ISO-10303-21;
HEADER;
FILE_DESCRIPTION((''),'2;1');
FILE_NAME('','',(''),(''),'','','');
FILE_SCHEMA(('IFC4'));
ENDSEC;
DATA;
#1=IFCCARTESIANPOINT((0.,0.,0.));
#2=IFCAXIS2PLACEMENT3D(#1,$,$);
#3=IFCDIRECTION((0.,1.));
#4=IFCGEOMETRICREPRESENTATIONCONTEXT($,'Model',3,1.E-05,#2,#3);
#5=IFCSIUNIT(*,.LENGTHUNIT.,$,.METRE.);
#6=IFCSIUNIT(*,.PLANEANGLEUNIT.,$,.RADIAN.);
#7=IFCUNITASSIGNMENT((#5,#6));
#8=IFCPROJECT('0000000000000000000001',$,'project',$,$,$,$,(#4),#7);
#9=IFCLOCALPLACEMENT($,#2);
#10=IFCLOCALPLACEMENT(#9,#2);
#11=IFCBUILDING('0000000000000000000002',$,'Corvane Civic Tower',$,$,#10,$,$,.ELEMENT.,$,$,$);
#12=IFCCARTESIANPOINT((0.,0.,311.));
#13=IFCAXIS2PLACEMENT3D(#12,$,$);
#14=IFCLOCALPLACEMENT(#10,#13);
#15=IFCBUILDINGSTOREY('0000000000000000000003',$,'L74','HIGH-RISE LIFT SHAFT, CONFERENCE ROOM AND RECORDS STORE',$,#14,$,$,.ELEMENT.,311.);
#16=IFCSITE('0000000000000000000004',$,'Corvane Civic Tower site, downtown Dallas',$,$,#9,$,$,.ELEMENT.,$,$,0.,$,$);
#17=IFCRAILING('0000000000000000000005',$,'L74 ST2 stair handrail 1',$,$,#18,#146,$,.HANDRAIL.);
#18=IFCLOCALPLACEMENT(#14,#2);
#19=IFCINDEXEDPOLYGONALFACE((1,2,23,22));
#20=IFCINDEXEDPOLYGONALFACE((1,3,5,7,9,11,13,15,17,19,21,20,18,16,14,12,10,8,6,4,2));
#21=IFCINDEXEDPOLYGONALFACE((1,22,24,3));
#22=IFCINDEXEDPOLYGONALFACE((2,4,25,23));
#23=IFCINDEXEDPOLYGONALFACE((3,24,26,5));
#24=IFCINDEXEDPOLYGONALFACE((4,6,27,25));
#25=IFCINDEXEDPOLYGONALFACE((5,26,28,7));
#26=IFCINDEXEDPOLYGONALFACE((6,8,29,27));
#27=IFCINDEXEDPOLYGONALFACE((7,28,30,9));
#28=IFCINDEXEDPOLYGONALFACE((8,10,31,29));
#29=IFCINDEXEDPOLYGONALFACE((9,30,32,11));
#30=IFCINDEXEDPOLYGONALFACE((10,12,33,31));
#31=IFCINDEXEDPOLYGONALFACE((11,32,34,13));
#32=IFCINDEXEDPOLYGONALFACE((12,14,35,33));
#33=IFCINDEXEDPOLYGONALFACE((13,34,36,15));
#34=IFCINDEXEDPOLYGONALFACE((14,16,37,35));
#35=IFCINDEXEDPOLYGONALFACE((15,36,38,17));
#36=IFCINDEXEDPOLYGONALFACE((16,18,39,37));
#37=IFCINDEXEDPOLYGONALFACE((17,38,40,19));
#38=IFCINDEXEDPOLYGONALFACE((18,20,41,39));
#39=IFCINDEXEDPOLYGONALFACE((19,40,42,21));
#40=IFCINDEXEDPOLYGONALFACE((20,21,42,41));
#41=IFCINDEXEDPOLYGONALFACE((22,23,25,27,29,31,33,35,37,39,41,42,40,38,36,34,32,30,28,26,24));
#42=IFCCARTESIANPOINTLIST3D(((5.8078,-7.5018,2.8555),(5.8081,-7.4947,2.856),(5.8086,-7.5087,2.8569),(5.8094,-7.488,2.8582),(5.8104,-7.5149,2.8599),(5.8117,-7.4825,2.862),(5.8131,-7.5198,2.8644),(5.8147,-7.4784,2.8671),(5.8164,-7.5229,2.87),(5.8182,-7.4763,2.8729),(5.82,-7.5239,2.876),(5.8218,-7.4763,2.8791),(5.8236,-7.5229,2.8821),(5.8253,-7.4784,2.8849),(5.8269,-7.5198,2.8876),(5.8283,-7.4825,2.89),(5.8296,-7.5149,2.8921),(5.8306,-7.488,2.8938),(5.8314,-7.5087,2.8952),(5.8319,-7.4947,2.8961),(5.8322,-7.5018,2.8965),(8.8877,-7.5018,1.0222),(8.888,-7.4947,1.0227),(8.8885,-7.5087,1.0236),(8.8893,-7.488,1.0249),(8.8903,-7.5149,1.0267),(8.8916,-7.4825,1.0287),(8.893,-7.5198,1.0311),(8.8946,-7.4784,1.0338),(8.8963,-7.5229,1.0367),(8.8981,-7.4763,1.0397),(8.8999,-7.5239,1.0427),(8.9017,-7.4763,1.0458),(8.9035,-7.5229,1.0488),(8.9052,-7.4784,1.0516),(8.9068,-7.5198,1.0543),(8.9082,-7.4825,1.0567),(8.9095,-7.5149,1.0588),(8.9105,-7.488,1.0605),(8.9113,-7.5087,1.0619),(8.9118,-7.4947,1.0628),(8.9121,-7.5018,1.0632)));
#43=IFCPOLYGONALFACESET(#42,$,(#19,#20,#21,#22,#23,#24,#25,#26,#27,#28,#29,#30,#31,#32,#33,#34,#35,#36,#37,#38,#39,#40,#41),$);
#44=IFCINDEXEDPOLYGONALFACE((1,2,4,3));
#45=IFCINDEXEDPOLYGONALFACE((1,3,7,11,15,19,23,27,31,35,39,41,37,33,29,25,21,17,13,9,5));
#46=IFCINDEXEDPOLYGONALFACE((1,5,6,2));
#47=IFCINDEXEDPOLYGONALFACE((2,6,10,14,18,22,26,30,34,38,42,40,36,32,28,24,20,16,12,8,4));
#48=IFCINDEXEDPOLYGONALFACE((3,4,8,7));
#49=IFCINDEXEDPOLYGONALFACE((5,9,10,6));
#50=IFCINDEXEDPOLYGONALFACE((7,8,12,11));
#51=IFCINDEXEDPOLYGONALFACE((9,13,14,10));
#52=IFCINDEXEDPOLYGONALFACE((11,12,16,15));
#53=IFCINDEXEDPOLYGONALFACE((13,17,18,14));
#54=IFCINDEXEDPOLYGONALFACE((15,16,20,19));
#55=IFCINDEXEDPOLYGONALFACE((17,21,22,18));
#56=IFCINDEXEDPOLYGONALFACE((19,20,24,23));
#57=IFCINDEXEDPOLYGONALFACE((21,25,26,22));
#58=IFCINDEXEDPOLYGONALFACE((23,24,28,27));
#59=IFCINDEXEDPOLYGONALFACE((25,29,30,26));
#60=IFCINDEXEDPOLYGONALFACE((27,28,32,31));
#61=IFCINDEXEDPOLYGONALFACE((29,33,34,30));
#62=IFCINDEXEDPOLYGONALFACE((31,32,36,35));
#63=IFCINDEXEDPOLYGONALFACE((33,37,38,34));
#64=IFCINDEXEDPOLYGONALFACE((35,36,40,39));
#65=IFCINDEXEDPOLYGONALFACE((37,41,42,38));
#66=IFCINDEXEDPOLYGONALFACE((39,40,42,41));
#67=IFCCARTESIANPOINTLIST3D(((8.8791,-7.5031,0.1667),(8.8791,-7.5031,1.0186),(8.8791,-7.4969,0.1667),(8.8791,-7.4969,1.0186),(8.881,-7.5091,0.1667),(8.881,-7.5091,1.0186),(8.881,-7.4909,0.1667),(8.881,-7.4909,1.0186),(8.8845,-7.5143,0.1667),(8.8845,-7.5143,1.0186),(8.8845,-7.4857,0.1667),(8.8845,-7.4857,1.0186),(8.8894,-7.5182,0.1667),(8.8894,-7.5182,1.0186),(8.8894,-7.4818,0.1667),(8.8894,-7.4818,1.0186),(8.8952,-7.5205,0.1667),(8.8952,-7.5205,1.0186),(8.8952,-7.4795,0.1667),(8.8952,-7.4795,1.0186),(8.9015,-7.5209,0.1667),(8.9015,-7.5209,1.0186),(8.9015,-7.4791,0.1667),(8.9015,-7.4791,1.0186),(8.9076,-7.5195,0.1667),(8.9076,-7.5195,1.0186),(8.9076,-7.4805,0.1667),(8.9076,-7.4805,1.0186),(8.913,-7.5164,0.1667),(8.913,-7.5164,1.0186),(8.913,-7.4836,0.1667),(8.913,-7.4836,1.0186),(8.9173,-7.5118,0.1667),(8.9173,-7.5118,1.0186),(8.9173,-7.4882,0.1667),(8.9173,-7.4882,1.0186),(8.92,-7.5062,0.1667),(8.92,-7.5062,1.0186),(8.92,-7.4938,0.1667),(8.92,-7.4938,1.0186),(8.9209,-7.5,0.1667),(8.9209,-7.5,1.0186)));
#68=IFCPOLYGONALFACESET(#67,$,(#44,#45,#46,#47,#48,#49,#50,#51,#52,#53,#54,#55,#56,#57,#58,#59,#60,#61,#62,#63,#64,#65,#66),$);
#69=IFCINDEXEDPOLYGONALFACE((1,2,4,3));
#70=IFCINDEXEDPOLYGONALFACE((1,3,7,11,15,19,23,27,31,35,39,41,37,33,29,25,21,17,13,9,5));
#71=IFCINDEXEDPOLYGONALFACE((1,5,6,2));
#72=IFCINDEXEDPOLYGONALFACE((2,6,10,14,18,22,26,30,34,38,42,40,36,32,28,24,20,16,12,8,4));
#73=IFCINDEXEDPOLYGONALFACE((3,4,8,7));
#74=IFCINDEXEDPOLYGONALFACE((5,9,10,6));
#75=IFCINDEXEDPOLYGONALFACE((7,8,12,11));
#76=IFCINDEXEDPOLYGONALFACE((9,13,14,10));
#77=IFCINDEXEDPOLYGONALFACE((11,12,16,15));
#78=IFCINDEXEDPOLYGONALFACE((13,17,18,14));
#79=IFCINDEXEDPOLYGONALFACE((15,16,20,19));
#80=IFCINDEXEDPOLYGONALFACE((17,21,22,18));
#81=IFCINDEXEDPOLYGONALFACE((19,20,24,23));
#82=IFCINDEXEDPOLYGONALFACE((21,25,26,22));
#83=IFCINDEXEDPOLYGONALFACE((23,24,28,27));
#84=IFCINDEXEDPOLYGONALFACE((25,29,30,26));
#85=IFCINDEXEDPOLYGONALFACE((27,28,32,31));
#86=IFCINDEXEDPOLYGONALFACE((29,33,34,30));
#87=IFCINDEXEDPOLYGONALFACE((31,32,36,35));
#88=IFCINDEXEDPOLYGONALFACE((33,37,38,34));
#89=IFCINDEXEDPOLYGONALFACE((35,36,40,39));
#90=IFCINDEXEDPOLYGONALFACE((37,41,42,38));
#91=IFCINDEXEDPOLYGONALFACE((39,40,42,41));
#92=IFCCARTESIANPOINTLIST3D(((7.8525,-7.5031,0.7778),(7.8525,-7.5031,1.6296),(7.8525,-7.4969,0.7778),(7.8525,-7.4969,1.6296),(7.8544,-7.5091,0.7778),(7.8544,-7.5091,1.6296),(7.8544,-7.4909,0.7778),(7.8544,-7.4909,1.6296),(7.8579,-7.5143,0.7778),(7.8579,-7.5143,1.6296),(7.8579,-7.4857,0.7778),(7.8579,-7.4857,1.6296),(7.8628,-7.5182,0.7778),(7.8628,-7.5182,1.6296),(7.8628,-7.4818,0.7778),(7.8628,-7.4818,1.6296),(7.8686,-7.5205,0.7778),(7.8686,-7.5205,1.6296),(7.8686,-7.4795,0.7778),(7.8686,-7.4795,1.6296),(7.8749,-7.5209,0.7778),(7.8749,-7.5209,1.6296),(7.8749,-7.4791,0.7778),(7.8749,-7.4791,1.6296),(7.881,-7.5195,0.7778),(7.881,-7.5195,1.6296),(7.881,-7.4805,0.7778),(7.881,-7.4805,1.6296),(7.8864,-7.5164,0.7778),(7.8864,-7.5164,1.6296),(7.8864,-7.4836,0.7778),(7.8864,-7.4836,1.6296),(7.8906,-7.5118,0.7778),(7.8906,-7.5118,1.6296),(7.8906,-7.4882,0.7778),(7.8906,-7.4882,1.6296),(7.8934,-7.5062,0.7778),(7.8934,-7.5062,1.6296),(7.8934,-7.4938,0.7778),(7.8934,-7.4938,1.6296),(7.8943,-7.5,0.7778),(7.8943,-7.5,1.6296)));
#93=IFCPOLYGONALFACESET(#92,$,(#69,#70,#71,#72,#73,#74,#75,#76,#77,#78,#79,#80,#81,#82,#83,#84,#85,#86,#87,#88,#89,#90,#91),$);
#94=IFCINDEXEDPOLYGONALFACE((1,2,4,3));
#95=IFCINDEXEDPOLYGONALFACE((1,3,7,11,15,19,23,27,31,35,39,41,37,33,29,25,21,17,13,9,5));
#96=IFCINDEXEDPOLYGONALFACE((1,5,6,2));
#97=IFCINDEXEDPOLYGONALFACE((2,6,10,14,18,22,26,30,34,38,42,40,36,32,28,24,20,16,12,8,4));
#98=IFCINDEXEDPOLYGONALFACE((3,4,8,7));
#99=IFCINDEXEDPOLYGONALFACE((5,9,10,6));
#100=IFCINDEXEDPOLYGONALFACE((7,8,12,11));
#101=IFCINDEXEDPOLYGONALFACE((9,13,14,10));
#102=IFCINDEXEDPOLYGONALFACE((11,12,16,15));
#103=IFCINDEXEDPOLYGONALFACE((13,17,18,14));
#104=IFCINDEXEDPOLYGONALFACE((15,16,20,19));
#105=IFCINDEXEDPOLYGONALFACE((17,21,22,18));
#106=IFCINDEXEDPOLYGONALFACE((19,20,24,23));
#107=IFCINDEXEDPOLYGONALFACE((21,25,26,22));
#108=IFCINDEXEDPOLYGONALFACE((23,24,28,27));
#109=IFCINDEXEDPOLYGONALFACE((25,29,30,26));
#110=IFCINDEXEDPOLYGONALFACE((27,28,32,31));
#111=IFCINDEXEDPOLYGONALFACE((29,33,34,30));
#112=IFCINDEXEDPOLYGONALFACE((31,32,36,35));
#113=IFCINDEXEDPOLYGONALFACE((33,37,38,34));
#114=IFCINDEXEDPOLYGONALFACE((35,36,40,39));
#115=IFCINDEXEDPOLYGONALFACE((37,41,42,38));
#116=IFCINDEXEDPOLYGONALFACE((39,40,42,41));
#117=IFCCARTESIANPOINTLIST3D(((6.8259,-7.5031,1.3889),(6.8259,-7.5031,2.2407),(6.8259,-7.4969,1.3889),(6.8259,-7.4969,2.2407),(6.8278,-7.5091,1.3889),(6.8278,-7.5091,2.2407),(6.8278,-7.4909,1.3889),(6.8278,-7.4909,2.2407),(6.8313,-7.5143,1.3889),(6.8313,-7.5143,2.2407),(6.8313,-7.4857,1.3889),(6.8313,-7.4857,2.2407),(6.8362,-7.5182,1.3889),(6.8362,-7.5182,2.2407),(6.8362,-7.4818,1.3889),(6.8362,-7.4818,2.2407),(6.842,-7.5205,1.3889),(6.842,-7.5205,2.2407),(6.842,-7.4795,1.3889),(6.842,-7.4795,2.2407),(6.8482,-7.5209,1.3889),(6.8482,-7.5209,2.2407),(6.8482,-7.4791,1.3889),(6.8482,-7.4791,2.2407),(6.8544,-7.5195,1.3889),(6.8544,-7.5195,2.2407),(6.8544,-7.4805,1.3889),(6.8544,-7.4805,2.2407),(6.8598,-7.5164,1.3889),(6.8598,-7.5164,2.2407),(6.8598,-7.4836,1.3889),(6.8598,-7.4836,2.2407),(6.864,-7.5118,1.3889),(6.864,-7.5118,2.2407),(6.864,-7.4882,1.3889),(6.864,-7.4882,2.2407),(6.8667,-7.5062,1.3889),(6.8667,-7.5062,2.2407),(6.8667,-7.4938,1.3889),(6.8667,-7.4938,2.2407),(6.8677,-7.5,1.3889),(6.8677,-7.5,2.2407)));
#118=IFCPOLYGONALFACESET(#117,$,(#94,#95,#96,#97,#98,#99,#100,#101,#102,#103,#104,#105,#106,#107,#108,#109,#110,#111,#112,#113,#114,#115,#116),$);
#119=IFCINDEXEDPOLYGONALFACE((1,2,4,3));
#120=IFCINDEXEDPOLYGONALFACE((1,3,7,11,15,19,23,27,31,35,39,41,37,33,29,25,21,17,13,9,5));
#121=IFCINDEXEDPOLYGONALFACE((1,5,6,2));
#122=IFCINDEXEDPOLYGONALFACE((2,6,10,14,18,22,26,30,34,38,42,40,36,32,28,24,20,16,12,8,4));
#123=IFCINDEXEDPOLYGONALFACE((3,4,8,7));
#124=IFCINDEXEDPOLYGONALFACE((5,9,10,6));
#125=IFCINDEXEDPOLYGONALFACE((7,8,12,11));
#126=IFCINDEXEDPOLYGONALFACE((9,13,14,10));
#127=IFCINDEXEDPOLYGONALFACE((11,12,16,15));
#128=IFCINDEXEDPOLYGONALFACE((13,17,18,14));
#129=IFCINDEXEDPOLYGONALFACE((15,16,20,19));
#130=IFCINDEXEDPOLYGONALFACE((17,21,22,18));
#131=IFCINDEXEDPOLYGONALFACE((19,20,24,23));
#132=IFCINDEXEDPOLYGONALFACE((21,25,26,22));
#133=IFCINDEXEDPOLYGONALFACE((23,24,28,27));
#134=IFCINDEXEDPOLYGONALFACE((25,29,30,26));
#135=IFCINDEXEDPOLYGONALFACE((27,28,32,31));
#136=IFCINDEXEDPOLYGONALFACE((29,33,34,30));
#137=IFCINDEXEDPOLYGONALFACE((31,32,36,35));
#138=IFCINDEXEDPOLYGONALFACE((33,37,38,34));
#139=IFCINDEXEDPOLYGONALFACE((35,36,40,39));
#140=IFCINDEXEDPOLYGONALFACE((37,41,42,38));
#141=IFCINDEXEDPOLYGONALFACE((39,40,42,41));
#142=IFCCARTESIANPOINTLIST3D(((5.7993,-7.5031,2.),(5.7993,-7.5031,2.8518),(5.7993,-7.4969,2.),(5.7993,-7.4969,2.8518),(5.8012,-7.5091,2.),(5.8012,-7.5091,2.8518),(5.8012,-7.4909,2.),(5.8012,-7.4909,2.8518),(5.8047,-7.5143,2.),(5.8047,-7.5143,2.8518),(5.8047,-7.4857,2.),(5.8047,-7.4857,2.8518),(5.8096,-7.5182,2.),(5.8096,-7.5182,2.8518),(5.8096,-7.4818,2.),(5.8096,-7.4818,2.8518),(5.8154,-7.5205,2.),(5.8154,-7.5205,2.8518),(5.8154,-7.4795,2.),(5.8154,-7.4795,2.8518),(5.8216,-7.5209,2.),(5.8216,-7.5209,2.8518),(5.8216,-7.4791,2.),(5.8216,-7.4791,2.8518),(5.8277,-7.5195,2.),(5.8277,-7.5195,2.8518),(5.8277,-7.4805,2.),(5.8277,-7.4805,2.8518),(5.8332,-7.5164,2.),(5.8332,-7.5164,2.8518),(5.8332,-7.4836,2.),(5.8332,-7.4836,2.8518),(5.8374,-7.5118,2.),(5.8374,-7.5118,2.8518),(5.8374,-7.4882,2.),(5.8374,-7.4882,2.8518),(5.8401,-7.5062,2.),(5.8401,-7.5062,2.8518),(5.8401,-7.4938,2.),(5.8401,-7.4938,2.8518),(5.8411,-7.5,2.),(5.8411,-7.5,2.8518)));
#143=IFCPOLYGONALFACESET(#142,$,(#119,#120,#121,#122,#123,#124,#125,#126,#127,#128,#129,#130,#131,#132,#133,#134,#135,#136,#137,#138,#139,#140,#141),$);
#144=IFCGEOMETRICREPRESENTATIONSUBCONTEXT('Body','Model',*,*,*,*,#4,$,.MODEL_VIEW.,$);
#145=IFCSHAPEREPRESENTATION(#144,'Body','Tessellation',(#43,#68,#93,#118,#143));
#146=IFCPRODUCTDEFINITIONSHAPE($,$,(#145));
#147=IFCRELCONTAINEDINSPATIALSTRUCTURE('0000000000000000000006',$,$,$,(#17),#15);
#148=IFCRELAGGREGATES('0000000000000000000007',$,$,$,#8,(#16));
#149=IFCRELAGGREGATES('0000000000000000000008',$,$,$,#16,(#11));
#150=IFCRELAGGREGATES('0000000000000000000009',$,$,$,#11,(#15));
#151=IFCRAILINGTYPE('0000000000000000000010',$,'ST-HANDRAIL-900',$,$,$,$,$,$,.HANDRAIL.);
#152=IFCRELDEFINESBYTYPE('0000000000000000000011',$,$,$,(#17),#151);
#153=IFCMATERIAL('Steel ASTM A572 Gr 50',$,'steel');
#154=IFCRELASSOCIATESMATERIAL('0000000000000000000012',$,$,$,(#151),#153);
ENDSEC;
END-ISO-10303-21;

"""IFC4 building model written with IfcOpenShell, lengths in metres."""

from ifc_helpers import new_model, si_unit, direction, frame, origin, origin_2d, place, context, subcontext, project, spatial, circle, extrude, material, type_object, element, save


model = new_model("IFC4")

# Units and contexts
model_context = context("Model", 3, precision=1e-05, world=origin(), true_north=direction((0.0, 1.0)))
body_context = subcontext(model_context, "Body", "Model", "MODEL_VIEW")
ifc_project = project(units=[si_unit("LENGTHUNIT", "METRE"), si_unit("PLANEANGLEUNIT", "RADIAN")], contexts=[model_context])

# Site, building, storey
site_placement = place(None, origin())
site = spatial("IfcSite", under=ifc_project, at=site_placement, Name="Corvane Civic Tower site, downtown Dallas", CompositionType="ELEMENT", RefElevation=0.0)
building_placement = place(site_placement, origin())
building = spatial("IfcBuilding", under=site, at=building_placement, Name="Corvane Civic Tower", CompositionType="ELEMENT")
storey_placement = place(building_placement, frame((0.0, 0.0, 311.0)))
storey = spatial("IfcBuildingStorey", under=building, at=storey_placement, Name="L74", Description="HIGH-RISE LIFT SHAFT, CONFERENCE ROOM AND RECORDS STORE", CompositionType="ELEMENT", Elevation=311.0)

# Railing
ifc_material_1 = material(Name="Steel ASTM A572 Gr 50", Category="steel")
railing_type_1 = type_object("IfcRailingType", Name="ST-HANDRAIL-900", PredefinedType="HANDRAIL", material=ifc_material_1)
railing_1_placement = place(storey_placement, frame((8.8999, -7.5, 0.1667)))
element("IfcRailing", 1, at=railing_1_placement, inside=storey, type_object=railing_type_1, Name="L74 ST2 stair handrail 1", PredefinedType="HANDRAIL", context=body_context, shape_type="SweptSolid", body=[
    extrude(circle(Radius=0.0239, at=origin_2d()), frame((0.0, 0.0, 0.876), z_axis=(-0.859291, 0.0, 0.511487), x_axis=(0.0, -1.0, 0.0)), (0.0, 0.0, 1.0), 3.5842),
    extrude(circle(Radius=0.021, at=origin_2d()), origin(), (0.0, 0.0, 1.0), 0.8518),
    extrude(circle(Radius=0.021, at=origin_2d()), frame((-1.0266, 0.0, 0.6111)), (0.0, 0.0, 1.0), 0.8518),
    extrude(circle(Radius=0.021, at=origin_2d()), frame((-2.0532, 0.0, 1.2222)), (0.0, 0.0, 1.0), 0.8518),
    extrude(circle(Radius=0.021, at=origin_2d()), frame((-3.0798, 0.0, 1.8333)), (0.0, 0.0, 1.0), 0.8518),
])

save(model, "model.ifc")
